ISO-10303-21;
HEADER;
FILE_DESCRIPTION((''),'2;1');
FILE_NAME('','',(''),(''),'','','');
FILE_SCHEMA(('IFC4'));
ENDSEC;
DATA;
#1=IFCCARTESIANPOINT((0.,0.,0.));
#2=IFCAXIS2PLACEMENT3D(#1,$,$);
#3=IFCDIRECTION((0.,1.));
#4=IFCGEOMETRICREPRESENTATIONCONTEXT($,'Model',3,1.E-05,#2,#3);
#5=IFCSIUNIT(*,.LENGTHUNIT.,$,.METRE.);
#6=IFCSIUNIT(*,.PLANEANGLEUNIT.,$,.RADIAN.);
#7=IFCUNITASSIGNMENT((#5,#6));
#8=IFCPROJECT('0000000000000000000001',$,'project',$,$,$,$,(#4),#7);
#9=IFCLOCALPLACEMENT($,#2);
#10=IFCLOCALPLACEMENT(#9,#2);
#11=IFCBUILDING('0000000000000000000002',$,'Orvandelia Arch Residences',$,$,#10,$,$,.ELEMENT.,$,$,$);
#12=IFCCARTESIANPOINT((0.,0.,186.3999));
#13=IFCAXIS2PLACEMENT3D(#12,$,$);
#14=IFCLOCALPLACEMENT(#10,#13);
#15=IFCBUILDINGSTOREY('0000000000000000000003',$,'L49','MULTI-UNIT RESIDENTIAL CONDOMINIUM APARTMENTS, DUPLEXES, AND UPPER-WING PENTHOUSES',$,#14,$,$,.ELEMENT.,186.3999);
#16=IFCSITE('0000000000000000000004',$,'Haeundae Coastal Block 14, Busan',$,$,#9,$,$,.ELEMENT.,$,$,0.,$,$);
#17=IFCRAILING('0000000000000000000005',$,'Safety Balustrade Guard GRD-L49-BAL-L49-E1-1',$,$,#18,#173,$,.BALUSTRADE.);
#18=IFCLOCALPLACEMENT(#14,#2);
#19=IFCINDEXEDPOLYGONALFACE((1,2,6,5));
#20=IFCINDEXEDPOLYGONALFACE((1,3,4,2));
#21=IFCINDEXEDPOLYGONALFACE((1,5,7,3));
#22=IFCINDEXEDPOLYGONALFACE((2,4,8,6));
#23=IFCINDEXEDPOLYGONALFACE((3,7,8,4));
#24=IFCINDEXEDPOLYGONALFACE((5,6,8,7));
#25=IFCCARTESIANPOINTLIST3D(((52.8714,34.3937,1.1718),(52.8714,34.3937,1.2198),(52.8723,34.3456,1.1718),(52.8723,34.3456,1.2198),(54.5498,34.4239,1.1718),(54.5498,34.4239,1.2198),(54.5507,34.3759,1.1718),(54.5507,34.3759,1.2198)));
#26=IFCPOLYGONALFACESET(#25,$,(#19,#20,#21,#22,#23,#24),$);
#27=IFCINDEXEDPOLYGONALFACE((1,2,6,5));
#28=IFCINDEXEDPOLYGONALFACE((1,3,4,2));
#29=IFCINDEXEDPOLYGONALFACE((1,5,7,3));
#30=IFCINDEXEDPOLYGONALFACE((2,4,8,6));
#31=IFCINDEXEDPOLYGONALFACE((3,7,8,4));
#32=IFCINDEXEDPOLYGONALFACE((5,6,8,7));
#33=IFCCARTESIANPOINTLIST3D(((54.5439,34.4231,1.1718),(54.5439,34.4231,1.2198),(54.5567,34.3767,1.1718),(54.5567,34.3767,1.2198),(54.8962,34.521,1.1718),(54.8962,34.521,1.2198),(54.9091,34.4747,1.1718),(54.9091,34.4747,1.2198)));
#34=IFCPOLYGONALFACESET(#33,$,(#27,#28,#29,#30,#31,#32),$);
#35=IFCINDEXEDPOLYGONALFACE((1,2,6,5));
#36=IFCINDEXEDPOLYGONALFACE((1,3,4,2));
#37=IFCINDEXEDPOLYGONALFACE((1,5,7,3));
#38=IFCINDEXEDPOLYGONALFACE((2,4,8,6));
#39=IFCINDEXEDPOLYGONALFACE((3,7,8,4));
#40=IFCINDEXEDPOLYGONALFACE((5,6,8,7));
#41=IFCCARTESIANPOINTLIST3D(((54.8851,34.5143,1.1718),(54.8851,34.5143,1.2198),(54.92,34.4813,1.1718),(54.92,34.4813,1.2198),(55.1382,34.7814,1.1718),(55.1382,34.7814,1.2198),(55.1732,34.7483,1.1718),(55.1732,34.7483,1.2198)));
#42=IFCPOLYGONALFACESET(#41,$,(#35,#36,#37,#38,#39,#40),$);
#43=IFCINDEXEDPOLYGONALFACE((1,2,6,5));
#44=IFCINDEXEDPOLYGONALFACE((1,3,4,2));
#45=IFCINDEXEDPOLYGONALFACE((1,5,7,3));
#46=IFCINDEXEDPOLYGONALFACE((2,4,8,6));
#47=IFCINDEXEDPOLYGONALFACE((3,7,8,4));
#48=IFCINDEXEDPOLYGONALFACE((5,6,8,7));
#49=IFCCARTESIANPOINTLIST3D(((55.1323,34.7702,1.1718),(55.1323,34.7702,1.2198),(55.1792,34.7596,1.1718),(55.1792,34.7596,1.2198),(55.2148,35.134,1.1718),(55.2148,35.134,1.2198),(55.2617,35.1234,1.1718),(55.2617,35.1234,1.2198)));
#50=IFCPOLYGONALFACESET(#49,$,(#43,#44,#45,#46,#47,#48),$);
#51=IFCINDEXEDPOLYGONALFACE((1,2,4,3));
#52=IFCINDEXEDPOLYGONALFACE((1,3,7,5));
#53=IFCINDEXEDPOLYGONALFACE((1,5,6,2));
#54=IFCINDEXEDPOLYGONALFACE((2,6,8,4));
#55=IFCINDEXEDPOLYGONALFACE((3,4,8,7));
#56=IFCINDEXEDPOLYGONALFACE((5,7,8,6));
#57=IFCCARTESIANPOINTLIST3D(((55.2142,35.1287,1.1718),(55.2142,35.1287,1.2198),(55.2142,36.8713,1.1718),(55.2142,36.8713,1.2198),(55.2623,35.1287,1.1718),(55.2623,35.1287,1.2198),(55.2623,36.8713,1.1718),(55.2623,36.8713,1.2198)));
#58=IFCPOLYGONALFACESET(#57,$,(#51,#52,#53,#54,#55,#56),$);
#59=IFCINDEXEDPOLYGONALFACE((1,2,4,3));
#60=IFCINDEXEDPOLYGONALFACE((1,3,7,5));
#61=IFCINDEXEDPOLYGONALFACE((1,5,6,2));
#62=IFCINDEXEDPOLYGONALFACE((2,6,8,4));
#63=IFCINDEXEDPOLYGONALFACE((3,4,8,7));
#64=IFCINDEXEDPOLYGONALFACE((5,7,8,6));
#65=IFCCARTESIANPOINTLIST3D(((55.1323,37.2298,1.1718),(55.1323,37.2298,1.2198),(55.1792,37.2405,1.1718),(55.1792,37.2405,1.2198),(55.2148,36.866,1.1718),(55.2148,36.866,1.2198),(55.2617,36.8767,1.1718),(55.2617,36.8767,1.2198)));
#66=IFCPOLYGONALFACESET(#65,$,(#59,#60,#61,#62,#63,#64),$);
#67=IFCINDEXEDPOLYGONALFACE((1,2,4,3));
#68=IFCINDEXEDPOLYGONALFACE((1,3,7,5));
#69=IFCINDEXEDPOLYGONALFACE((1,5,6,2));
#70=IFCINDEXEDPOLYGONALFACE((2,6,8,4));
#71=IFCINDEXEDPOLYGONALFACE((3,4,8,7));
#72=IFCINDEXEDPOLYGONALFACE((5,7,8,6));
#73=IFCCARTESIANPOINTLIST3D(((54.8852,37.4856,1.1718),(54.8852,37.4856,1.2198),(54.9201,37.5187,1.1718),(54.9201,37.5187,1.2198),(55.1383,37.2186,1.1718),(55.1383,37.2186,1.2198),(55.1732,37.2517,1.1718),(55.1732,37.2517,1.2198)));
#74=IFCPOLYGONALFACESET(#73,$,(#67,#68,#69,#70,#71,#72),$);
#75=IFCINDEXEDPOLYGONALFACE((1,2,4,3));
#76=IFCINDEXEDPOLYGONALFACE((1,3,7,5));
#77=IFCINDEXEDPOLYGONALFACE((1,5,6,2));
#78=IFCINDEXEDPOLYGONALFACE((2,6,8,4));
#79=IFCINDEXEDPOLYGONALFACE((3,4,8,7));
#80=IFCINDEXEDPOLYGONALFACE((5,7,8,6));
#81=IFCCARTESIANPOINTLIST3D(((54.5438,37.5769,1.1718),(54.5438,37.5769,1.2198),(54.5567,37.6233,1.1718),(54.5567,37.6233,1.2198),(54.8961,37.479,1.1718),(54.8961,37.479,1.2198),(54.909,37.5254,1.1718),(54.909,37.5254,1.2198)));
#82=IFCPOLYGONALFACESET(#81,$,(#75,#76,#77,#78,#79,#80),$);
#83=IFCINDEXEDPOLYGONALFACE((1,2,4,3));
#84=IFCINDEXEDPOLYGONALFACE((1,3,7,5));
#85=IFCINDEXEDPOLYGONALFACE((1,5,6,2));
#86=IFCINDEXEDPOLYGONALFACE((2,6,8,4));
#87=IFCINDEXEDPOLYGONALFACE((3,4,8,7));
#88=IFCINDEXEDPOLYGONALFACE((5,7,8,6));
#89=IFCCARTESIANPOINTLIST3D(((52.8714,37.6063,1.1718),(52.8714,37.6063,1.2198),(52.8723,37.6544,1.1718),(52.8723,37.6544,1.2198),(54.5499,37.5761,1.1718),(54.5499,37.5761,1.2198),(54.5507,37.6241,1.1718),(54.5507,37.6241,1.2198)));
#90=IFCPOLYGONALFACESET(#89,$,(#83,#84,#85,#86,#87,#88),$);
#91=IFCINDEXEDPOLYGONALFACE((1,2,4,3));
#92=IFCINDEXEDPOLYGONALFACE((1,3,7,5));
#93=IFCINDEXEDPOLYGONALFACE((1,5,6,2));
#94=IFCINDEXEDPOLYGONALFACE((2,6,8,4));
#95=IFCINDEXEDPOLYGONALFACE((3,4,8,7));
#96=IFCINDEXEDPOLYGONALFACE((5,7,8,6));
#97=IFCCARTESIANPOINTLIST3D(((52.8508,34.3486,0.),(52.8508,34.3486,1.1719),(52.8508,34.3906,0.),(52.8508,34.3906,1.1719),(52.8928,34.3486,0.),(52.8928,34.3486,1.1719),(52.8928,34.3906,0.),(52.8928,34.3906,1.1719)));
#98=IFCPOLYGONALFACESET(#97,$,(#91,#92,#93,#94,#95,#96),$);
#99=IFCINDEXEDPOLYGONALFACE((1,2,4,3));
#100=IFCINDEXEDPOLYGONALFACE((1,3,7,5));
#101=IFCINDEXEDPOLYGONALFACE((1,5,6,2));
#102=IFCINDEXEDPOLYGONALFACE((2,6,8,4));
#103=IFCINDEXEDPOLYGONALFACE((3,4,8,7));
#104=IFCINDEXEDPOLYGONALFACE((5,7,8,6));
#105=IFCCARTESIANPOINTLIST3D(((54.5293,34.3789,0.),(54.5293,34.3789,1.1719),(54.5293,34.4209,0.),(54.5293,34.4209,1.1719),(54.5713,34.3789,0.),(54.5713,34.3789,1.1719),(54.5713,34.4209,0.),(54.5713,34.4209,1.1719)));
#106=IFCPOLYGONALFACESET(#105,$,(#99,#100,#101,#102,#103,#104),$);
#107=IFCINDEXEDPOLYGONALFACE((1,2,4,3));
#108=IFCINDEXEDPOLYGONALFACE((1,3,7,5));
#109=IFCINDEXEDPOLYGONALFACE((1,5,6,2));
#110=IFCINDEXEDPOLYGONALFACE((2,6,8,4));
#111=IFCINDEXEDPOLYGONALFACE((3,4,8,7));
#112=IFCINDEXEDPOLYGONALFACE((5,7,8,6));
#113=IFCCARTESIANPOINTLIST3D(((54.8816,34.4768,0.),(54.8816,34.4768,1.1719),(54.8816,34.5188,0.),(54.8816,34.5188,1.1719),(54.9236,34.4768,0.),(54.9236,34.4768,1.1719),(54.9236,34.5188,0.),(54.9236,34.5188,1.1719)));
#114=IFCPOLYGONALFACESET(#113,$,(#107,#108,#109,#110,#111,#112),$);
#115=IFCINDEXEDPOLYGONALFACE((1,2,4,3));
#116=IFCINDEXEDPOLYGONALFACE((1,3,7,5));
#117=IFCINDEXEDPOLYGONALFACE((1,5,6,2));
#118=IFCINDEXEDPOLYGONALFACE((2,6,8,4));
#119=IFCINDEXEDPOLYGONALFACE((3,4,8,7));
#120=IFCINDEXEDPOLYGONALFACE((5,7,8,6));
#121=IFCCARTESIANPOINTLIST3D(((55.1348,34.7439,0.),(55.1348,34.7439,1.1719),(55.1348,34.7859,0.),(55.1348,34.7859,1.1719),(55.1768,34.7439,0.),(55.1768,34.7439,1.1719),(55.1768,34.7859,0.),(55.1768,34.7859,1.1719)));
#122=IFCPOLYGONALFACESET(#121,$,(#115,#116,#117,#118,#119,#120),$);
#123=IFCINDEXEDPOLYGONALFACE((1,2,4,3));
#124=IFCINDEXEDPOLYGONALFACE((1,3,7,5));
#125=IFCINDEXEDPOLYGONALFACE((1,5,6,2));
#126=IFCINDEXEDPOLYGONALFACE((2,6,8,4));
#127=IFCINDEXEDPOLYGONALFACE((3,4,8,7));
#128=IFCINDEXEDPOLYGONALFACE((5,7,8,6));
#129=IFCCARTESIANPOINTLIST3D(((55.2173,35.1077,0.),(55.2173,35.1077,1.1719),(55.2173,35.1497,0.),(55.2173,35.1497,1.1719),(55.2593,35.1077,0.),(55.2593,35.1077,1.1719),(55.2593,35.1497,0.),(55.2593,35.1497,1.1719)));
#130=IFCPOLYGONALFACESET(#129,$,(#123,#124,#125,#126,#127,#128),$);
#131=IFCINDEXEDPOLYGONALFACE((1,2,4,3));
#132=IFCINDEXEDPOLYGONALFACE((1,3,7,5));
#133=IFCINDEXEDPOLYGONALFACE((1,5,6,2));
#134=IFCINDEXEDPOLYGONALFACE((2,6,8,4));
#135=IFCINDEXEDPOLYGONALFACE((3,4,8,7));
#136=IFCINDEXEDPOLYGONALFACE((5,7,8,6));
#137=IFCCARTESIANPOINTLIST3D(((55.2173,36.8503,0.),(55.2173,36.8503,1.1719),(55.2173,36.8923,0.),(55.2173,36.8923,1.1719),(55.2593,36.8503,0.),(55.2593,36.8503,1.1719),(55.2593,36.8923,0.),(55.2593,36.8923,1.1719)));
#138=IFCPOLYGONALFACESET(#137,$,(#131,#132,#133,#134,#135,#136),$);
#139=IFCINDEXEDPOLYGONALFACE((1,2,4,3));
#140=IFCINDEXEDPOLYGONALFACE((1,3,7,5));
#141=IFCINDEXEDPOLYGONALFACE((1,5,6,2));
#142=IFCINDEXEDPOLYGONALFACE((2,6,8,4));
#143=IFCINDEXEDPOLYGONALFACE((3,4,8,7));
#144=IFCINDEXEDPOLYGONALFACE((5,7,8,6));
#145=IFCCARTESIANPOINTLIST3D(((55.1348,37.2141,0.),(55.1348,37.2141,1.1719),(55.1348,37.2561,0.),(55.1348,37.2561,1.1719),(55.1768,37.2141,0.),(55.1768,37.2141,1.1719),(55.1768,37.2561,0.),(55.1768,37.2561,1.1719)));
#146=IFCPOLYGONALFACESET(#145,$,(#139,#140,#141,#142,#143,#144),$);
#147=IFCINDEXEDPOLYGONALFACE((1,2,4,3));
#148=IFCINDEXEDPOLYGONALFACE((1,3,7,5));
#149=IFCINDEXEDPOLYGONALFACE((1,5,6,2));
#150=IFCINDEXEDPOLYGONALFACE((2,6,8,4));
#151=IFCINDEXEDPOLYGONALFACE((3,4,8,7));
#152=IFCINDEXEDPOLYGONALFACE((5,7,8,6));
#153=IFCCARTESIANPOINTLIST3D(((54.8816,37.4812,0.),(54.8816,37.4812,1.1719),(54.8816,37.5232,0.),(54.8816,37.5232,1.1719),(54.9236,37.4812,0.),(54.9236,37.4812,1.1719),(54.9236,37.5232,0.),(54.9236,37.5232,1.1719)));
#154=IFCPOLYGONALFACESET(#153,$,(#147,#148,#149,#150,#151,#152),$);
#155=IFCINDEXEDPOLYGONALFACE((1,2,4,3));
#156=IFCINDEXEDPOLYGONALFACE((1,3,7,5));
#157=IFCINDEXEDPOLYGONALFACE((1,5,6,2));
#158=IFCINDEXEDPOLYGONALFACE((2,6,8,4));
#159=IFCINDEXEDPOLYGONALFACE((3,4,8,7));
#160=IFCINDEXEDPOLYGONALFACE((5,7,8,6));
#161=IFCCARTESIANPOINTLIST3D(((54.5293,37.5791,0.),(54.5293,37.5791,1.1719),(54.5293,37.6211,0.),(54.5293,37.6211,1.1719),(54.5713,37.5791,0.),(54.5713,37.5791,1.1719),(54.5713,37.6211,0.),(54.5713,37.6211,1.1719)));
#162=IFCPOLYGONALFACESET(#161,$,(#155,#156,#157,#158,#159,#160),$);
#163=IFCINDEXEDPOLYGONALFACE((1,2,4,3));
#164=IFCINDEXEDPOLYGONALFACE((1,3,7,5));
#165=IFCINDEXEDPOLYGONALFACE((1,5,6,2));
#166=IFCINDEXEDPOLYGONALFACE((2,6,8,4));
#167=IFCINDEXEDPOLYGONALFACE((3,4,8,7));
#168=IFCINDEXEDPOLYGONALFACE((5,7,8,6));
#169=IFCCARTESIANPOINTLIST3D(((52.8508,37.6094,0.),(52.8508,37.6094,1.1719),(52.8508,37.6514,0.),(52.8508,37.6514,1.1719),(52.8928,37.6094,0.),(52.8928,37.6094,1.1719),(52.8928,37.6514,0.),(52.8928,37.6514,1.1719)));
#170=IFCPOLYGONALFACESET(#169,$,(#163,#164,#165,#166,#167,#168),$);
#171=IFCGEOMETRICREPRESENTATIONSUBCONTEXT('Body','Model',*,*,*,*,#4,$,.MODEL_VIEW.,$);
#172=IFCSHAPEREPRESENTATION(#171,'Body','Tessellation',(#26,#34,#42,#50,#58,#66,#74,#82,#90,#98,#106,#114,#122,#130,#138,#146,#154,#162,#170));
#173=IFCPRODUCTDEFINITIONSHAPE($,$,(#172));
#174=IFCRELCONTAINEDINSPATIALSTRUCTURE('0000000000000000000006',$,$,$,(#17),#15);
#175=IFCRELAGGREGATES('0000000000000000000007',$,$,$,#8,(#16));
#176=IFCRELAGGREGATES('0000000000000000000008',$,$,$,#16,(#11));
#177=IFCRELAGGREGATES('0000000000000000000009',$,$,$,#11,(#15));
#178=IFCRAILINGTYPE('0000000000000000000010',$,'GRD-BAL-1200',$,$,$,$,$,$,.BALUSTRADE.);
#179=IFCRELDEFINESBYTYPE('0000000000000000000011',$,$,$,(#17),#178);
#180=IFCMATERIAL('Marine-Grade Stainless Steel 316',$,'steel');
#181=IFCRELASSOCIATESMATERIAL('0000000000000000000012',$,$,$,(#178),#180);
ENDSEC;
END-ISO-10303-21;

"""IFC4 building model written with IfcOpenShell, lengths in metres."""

from ifc_helpers import new_model, si_unit, direction, frame, origin, origin_2d, place, context, subcontext, project, spatial, rectangle, extrude, material, type_object, element, save


model = new_model("IFC4")

# Units and contexts
model_context = context("Model", 3, precision=1e-05, world=origin(), true_north=direction((0.0, 1.0)))
body_context = subcontext(model_context, "Body", "Model", "MODEL_VIEW")
ifc_project = project(units=[si_unit("LENGTHUNIT", "METRE"), si_unit("PLANEANGLEUNIT", "RADIAN")], contexts=[model_context])

# Site, building, storey
site_placement = place(None, origin())
site = spatial("IfcSite", under=ifc_project, at=site_placement, Name="Haeundae Coastal Block 14, Busan", CompositionType="ELEMENT", RefElevation=0.0)
building_placement = place(site_placement, origin())
building = spatial("IfcBuilding", under=site, at=building_placement, Name="Orvandelia Arch Residences", CompositionType="ELEMENT")
storey_placement = place(building_placement, frame((0.0, 0.0, 186.3999)))
storey = spatial("IfcBuildingStorey", under=building, at=storey_placement, Name="L49", Description="MULTI-UNIT RESIDENTIAL CONDOMINIUM APARTMENTS, DUPLEXES, AND UPPER-WING PENTHOUSES", CompositionType="ELEMENT", Elevation=186.3999)

# Railing
ifc_material_1 = material(Name="Marine-Grade Stainless Steel 316", Category="steel")
railing_type = type_object("IfcRailingType", Name="GRD-BAL-1200", PredefinedType="BALUSTRADE", material=ifc_material_1)
railing_placement = place(storey_placement, frame((52.8718, 34.3696, 0.0)))
element("IfcRailing", 1, at=railing_placement, inside=storey, type_object=railing_type, Name="Safety Balustrade Guard GRD-L49-BAL-L49-E1-1", PredefinedType="BALUSTRADE", context=body_context, shape_type="SweptSolid", body=[
    extrude(rectangle(XDim=0.0481, YDim=0.0481, at=origin_2d()), frame((0.0, 0.0, 1.1958), z_axis=(0.999837, 0.018033, 0.0), x_axis=(-0.018033, 0.999837, 0.0)), (0.0, 0.0, 1.0), 1.6787),
    extrude(rectangle(XDim=0.0481, YDim=0.0481, at=origin_2d()), frame((1.6785, 0.0303, 1.1958), z_axis=(0.963489, 0.267747, 0.0), x_axis=(-0.267747, 0.963489, 0.0)), (0.0, 0.0, 1.0), 0.3657),
    extrude(rectangle(XDim=0.0481, YDim=0.0481, at=origin_2d()), frame((2.0308, 0.1282, 1.1958), z_axis=(0.687947, 0.725761, 0.0), x_axis=(-0.725761, 0.687947, 0.0)), (0.0, 0.0, 1.0), 0.3679),
    extrude(rectangle(XDim=0.0481, YDim=0.0481, at=origin_2d()), frame((2.2839, 0.3953, 1.1958), z_axis=(0.221225, 0.975223, 0.0), x_axis=(-0.975223, 0.221225, 0.0)), (0.0, 0.0, 1.0), 0.373),
    extrude(rectangle(XDim=0.0481, YDim=0.0481, at=origin_2d()), frame((2.3665, 0.759, 1.1958), z_axis=(0.0, 1.0, 0.0), x_axis=(-1.0, 0.0, 0.0)), (0.0, 0.0, 1.0), 1.7427),
    extrude(rectangle(XDim=0.0481, YDim=0.0481, at=origin_2d()), frame((2.3665, 2.5017, 1.1958), z_axis=(-0.221225, 0.975223, 0.0), x_axis=(-0.975223, -0.221225, 0.0)), (0.0, 0.0, 1.0), 0.373),
    extrude(rectangle(XDim=0.0481, YDim=0.0481, at=origin_2d()), frame((2.2839, 2.8655, 1.1958), z_axis=(-0.687947, 0.725761, 0.0), x_axis=(-0.725761, -0.687947, 0.0)), (0.0, 0.0, 1.0), 0.3679),
    extrude(rectangle(XDim=0.0481, YDim=0.0481, at=origin_2d()), frame((2.0308, 3.1326, 1.1958), z_axis=(-0.963489, 0.267747, 0.0), x_axis=(-0.267747, -0.963489, 0.0)), (0.0, 0.0, 1.0), 0.3657),
    extrude(rectangle(XDim=0.0481, YDim=0.0481, at=origin_2d()), frame((1.6785, 3.2305, 1.1958), z_axis=(-0.999837, 0.018033, 0.0), x_axis=(-0.018033, -0.999837, 0.0)), (0.0, 0.0, 1.0), 1.6787),
    extrude(rectangle(XDim=0.042, YDim=0.042, at=origin_2d()), origin(), (0.0, 0.0, 1.0), 1.1719),
    extrude(rectangle(XDim=0.042, YDim=0.042, at=origin_2d()), frame((1.6785, 0.0303, 0.0)), (0.0, 0.0, 1.0), 1.1719),
    extrude(rectangle(XDim=0.042, YDim=0.042, at=origin_2d()), frame((2.0308, 0.1282, 0.0)), (0.0, 0.0, 1.0), 1.1719),
    extrude(rectangle(XDim=0.042, YDim=0.042, at=origin_2d()), frame((2.2839, 0.3953, 0.0)), (0.0, 0.0, 1.0), 1.1719),
    extrude(rectangle(XDim=0.042, YDim=0.042, at=origin_2d()), frame((2.3665, 0.759, 0.0)), (0.0, 0.0, 1.0), 1.1719),
    extrude(rectangle(XDim=0.042, YDim=0.042, at=origin_2d()), frame((2.3665, 2.5017, 0.0)), (0.0, 0.0, 1.0), 1.1719),
    extrude(rectangle(XDim=0.042, YDim=0.042, at=origin_2d()), frame((2.2839, 2.8655, 0.0)), (0.0, 0.0, 1.0), 1.1719),
    extrude(rectangle(XDim=0.042, YDim=0.042, at=origin_2d()), frame((2.0308, 3.1326, 0.0)), (0.0, 0.0, 1.0), 1.1719),
    extrude(rectangle(XDim=0.042, YDim=0.042, at=origin_2d()), frame((1.6785, 3.2305, 0.0)), (0.0, 0.0, 1.0), 1.1719),
    extrude(rectangle(XDim=0.042, YDim=0.042, at=origin_2d()), frame((0.0, 3.2607, 0.0)), (0.0, 0.0, 1.0), 1.1719),
])

save(model, "model.ifc")
